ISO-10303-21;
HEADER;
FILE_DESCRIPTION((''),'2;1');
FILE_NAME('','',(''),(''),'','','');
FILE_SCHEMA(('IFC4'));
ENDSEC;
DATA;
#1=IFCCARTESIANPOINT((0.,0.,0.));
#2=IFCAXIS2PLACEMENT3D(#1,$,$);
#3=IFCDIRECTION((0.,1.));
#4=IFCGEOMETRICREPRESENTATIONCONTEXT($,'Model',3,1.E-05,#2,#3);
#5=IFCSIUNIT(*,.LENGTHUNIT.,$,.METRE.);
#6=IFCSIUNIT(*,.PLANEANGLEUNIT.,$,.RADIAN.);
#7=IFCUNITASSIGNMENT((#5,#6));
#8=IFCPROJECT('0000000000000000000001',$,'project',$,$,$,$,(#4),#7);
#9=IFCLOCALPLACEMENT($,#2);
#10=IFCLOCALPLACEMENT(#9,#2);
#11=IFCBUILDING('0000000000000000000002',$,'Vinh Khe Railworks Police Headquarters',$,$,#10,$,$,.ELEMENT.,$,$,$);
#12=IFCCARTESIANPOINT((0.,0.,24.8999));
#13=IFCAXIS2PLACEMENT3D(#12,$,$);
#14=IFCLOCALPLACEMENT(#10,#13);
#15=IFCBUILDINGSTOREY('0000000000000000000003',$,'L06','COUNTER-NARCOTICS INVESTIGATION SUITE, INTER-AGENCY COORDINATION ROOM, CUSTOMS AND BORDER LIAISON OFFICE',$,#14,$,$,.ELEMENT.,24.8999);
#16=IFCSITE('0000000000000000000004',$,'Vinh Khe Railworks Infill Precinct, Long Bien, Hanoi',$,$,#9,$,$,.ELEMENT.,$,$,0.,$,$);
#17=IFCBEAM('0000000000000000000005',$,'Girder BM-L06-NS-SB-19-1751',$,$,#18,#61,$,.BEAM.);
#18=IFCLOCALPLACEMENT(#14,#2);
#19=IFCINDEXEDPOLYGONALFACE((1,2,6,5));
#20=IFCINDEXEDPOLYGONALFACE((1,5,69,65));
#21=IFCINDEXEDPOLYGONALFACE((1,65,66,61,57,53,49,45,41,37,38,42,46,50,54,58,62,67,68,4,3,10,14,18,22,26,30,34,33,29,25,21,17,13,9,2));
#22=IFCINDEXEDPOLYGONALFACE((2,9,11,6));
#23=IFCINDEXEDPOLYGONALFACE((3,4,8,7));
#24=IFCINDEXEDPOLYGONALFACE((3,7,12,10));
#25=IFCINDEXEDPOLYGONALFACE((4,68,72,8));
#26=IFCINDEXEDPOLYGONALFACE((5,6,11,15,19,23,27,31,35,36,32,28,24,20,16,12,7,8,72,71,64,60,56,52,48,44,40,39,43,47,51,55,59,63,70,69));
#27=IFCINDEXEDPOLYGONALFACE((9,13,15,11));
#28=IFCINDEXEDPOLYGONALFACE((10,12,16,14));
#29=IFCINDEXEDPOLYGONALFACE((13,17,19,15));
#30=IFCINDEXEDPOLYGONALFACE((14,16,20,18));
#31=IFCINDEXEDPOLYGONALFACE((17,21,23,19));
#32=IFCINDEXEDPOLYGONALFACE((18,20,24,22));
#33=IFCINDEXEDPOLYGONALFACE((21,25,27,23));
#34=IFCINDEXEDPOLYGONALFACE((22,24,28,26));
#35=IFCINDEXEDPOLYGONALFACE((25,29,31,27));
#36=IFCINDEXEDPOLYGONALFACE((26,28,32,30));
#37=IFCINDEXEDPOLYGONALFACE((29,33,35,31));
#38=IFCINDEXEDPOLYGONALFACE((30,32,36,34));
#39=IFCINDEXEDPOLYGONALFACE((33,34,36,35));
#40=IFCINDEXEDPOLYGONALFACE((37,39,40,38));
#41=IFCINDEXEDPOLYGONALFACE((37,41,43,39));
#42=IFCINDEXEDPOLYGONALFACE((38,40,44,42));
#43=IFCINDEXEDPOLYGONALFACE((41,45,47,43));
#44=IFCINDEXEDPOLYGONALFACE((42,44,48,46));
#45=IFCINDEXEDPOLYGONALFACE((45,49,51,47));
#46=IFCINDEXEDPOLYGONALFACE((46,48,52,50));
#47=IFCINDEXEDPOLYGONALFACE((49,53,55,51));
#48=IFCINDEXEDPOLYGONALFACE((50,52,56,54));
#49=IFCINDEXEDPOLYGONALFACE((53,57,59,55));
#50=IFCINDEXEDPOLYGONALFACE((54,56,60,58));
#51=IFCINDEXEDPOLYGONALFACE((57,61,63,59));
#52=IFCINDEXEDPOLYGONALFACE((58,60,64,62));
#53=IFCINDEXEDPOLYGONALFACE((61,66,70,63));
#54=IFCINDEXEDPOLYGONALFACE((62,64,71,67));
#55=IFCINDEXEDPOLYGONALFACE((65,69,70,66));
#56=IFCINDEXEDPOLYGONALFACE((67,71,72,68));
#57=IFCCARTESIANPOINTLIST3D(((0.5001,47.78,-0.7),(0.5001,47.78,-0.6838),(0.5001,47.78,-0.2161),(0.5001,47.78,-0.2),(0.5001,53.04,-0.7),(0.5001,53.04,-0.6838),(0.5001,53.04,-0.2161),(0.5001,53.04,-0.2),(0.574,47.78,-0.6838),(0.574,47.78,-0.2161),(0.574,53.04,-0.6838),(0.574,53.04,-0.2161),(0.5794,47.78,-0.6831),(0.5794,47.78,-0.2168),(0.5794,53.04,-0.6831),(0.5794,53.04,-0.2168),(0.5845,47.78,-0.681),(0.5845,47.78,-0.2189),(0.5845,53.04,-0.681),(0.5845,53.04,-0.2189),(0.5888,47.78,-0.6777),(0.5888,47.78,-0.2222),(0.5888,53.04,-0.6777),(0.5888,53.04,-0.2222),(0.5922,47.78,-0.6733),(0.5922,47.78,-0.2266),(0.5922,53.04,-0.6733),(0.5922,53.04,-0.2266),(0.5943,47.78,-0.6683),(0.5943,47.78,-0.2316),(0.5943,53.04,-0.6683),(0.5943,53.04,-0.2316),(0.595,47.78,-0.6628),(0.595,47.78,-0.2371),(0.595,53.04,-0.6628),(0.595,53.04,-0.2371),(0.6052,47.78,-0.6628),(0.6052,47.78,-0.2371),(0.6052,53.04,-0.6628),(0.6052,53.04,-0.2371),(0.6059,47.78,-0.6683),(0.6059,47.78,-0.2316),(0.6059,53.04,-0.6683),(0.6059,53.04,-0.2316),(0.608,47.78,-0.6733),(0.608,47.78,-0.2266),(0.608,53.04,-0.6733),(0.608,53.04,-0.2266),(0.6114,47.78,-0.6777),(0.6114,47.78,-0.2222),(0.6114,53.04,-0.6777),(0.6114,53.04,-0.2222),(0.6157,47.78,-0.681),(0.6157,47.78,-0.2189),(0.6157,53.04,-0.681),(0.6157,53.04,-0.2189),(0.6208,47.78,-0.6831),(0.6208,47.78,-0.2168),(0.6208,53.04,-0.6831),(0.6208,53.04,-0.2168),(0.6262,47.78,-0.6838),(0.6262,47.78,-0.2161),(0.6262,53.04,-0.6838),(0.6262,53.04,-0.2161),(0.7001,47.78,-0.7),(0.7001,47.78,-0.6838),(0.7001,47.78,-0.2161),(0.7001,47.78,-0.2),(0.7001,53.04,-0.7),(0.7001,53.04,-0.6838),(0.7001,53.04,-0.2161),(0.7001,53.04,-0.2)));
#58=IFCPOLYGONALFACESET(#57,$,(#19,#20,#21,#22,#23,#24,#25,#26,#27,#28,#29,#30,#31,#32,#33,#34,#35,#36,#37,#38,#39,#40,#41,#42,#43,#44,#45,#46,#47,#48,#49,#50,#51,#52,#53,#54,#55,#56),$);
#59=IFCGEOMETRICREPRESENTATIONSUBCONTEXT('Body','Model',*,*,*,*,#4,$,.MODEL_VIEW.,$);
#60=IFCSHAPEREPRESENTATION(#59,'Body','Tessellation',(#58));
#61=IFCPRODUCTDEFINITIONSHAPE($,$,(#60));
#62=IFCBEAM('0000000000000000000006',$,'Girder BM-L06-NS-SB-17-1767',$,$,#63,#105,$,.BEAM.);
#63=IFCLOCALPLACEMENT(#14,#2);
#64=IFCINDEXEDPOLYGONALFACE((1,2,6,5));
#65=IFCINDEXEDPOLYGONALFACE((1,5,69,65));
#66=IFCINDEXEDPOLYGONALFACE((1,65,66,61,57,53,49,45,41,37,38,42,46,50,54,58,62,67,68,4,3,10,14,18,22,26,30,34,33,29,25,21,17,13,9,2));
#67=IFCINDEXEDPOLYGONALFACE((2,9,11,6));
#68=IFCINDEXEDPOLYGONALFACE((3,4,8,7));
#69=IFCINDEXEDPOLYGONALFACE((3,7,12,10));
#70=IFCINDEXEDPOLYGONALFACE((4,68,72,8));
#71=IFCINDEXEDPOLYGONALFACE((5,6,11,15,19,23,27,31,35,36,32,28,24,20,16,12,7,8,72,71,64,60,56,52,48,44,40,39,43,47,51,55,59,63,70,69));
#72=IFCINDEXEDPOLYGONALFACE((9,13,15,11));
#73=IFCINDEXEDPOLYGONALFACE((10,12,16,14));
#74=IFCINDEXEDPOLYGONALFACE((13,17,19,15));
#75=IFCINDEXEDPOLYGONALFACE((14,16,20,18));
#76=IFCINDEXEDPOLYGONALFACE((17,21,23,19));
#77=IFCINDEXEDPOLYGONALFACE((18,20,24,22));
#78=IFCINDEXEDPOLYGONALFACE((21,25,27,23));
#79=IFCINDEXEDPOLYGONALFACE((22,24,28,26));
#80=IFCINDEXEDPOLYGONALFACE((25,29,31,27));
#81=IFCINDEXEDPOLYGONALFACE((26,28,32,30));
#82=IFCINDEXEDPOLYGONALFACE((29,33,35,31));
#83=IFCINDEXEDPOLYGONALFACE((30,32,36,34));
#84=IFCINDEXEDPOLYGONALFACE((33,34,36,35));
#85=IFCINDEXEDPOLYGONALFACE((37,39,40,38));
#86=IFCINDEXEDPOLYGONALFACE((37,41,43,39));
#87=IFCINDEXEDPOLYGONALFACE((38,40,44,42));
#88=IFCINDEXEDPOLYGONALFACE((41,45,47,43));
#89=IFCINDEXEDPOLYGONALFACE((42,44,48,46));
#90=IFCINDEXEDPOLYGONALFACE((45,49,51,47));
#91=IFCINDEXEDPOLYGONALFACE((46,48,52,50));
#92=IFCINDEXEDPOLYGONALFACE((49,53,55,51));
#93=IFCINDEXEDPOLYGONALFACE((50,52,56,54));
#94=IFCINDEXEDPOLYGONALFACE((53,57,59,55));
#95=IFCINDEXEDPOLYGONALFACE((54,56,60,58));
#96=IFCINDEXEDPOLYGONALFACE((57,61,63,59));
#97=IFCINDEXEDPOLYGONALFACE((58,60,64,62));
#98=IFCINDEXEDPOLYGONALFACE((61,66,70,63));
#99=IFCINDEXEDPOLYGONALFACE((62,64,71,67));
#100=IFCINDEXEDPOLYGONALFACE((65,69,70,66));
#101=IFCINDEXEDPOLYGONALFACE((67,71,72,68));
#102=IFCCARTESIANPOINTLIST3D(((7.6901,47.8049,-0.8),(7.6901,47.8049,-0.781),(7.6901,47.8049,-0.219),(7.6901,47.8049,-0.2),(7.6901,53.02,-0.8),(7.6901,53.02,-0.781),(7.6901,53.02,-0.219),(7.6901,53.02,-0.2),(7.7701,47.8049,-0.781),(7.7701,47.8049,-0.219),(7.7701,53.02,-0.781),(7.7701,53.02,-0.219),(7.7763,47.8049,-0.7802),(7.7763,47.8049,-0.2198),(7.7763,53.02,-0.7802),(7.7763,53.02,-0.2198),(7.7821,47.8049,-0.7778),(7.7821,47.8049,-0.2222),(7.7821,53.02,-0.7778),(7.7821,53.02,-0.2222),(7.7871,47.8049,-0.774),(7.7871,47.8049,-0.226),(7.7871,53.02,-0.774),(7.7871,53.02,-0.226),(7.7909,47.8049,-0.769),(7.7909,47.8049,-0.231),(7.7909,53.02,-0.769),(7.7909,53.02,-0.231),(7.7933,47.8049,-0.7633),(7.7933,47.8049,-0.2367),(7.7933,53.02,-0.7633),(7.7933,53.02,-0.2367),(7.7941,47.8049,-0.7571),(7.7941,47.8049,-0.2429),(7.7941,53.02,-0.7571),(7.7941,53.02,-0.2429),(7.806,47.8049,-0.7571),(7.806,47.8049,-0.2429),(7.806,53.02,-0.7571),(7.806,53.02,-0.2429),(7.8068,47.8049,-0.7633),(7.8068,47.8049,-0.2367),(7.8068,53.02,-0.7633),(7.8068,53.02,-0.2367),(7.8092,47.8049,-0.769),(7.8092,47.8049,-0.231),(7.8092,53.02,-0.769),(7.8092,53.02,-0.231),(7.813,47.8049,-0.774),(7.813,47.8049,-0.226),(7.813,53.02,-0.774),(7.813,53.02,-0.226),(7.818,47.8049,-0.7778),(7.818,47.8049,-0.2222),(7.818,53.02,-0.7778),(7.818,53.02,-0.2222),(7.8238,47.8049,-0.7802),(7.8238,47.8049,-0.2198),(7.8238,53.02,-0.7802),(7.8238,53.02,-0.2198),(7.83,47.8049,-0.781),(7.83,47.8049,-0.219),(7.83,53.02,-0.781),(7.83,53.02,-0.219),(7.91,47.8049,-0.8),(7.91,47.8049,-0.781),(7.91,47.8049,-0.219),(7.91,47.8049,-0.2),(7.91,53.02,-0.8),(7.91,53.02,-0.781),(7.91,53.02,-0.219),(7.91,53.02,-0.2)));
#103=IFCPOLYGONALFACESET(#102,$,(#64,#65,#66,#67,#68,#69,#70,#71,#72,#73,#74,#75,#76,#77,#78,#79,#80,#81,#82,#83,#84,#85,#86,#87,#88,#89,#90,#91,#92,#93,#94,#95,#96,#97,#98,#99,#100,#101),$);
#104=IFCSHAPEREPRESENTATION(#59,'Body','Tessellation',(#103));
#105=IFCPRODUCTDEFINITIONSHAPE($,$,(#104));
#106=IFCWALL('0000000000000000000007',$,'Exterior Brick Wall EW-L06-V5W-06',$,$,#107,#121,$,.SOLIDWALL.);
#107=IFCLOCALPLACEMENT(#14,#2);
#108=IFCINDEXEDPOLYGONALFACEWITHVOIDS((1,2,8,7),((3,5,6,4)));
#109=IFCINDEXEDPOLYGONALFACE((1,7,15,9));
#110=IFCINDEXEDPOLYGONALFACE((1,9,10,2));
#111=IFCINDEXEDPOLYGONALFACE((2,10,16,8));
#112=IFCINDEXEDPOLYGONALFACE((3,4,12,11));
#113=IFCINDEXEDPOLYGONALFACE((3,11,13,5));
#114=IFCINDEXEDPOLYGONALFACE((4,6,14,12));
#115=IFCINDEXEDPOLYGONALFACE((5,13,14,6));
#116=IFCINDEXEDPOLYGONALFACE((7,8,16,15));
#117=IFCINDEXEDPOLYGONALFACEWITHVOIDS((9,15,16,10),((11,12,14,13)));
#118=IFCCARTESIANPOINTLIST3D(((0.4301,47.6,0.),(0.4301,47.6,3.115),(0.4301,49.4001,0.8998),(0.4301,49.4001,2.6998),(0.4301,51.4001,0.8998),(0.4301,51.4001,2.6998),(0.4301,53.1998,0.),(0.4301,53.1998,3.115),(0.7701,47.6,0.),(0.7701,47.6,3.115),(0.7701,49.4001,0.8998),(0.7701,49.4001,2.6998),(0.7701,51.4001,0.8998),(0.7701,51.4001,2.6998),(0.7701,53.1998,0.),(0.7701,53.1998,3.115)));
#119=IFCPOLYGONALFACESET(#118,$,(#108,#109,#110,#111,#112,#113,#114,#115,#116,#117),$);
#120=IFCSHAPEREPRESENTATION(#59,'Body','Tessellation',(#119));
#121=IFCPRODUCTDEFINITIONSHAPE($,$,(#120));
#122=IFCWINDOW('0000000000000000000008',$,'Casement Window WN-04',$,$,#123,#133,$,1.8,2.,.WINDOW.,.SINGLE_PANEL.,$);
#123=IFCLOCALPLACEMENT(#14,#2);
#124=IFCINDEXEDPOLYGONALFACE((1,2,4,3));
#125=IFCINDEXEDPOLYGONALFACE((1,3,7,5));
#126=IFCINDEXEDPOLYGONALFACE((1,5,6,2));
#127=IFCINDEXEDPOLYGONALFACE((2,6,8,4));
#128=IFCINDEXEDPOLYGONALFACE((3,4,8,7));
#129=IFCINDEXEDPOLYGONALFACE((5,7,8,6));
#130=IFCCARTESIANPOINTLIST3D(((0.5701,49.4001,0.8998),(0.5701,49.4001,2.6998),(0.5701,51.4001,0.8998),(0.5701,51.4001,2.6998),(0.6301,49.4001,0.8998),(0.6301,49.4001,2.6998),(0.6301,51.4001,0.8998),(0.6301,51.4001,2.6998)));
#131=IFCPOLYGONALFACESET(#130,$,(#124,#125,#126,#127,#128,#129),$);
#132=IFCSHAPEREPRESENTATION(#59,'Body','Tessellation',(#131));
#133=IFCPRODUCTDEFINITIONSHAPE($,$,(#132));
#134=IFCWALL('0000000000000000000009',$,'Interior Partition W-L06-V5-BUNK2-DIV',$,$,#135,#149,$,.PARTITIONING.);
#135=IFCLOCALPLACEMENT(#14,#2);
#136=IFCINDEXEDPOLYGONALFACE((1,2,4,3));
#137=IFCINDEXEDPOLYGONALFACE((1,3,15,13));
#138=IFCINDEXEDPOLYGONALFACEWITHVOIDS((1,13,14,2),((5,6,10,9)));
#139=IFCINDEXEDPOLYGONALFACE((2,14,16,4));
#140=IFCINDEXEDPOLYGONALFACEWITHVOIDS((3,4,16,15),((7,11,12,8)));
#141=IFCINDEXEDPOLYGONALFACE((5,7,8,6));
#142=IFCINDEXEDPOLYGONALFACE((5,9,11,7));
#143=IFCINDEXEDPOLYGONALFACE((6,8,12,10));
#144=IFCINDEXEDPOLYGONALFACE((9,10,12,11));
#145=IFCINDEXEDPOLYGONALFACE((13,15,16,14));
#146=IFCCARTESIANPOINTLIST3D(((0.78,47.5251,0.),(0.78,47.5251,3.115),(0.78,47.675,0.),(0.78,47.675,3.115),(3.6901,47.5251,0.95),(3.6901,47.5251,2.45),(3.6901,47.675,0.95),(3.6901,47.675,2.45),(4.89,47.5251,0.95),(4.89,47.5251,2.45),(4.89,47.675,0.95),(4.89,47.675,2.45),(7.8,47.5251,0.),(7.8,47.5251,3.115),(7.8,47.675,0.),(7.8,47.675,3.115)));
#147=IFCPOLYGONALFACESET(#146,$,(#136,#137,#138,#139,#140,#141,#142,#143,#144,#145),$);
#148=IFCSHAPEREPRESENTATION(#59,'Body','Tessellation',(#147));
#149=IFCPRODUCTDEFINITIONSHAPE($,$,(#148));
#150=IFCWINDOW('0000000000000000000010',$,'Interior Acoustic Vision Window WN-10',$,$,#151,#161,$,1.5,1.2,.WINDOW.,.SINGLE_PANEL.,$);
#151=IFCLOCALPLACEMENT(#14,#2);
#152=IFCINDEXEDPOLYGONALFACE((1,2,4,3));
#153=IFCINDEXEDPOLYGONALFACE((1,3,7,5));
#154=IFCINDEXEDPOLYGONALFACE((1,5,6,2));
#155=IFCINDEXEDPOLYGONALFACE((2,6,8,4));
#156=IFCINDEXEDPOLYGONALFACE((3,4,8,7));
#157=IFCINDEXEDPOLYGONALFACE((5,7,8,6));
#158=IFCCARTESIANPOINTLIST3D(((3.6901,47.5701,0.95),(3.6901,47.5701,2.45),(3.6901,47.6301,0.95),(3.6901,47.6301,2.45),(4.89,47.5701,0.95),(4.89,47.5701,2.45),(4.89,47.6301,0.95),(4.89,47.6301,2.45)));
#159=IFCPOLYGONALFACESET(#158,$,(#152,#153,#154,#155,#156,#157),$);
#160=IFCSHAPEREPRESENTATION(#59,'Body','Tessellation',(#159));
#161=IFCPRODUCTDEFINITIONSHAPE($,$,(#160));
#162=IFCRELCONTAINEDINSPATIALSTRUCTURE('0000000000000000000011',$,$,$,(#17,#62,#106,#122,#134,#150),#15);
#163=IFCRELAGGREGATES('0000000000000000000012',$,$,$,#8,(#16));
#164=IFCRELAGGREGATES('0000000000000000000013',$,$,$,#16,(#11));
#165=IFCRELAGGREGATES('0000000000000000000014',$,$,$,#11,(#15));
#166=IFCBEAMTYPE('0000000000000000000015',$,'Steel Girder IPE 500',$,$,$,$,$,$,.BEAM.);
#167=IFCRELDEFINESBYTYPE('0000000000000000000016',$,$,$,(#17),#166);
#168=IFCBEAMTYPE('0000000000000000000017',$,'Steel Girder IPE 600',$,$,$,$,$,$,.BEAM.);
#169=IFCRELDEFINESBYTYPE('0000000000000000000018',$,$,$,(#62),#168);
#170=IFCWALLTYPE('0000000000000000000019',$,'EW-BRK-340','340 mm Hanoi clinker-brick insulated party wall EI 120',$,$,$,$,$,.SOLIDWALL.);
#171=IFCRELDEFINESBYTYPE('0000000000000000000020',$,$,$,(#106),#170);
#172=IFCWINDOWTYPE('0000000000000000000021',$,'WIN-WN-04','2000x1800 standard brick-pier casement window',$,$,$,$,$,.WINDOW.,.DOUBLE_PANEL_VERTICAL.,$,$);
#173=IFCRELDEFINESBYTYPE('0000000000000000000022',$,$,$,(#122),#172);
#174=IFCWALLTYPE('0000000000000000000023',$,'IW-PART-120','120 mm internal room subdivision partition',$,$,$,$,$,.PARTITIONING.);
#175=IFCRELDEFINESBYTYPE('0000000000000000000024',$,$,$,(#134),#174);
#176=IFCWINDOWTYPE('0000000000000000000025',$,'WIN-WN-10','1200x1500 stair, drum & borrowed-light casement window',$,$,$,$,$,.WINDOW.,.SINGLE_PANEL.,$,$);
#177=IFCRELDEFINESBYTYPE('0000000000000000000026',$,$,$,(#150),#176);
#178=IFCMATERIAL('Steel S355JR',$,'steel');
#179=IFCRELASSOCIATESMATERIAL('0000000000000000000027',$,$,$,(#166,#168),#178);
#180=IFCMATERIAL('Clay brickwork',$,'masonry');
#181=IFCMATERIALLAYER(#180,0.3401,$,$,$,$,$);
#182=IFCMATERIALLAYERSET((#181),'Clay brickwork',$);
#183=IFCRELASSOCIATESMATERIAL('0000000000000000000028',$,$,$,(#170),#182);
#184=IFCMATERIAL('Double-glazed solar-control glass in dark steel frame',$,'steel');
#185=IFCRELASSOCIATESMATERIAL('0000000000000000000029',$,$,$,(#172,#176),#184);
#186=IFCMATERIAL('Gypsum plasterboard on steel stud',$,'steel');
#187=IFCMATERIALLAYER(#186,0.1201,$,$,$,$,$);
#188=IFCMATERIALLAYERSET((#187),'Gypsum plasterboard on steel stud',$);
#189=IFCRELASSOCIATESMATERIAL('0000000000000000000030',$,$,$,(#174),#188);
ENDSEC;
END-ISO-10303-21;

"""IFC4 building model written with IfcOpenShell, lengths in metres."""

from ifc_helpers import new_model, si_unit, direction, frame, frame_2d, origin, origin_2d, place, context, subcontext, project, spatial, rectangle, i_section, extrude, material, layer, layer_set, material_profile, profile_set, type_object, element, fill, save


model = new_model("IFC4")

# Units and contexts
model_context = context("Model", 3, precision=1e-05, world=origin(), true_north=direction((0.0, 1.0)))
body_context = subcontext(model_context, "Body", "Model", "MODEL_VIEW")
ifc_project = project(units=[si_unit("LENGTHUNIT", "METRE"), si_unit("PLANEANGLEUNIT", "RADIAN")], contexts=[model_context])

# Site, building, storey
site_placement = place(None, origin())
site = spatial("IfcSite", under=ifc_project, at=site_placement, Name="Vinh Khe Railworks Infill Precinct, Long Bien, Hanoi", CompositionType="ELEMENT", RefElevation=0.0)
building_placement = place(site_placement, origin())
building = spatial("IfcBuilding", under=site, at=building_placement, Name="Vinh Khe Railworks Police Headquarters", CompositionType="ELEMENT")
storey_placement = place(building_placement, frame((0.0, 0.0, 24.8999)))
storey = spatial("IfcBuildingStorey", under=building, at=storey_placement, Name="L06", Description="COUNTER-NARCOTICS INVESTIGATION SUITE, INTER-AGENCY COORDINATION ROOM, CUSTOMS AND BORDER LIAISON OFFICE", CompositionType="ELEMENT", Elevation=24.8999)

# Shared definitions
ifc_material_1 = material(Name="Steel S355JR", Category="steel")

# Beams
ifc_material_profile_1 = material_profile(ifc_material_1, i_section(OverallWidth=0.2, OverallDepth=0.5, WebThickness=0.0103, FlangeThickness=0.0161, FilletRadius=0.021, at=origin_2d()), Name="IPE 500")
ifc_profile_set_1 = profile_set([ifc_material_profile_1], Name="Steel S355JR")
beam_type_1 = type_object("IfcBeamType", Name="Steel Girder IPE 500", PredefinedType="BEAM", material=ifc_profile_set_1)
beam_1_placement = place(storey_placement, frame((0.6001, 47.78, -0.45), z_axis=(0.0, 1.0, 0.0), x_axis=(-1.0, 0.0, 0.0)))
element("IfcBeam", 1, at=beam_1_placement, inside=storey, type_object=beam_type_1, Name="Girder BM-L06-NS-SB-19-1751", PredefinedType="BEAM", context=body_context, shape_type="SweptSolid", body=[
    extrude(i_section(OverallWidth=0.2, OverallDepth=0.5, WebThickness=0.0103, FlangeThickness=0.0161, FilletRadius=0.021, at=origin_2d()), origin(), (0.0, 0.0, 1.0), 5.26),
])
ifc_material_profile_2 = material_profile(ifc_material_1, i_section(OverallWidth=0.22, OverallDepth=0.6001, WebThickness=0.012, FlangeThickness=0.019, FilletRadius=0.0239, at=origin_2d()), Name="IPE 600")
ifc_profile_set_2 = profile_set([ifc_material_profile_2], Name="Steel S355JR")
beam_type_2 = type_object("IfcBeamType", Name="Steel Girder IPE 600", PredefinedType="BEAM", material=ifc_profile_set_2)
beam_2_placement = place(storey_placement, frame((7.8, 47.8049, -0.5), z_axis=(0.0, 1.0, 0.0), x_axis=(-1.0, 0.0, 0.0)))
element("IfcBeam", 2, at=beam_2_placement, inside=storey, type_object=beam_type_2, Name="Girder BM-L06-NS-SB-17-1767", PredefinedType="BEAM", context=body_context, shape_type="SweptSolid", body=[
    extrude(i_section(OverallWidth=0.22, OverallDepth=0.6001, WebThickness=0.012, FlangeThickness=0.019, FilletRadius=0.0239, at=origin_2d()), origin(), (0.0, 0.0, 1.0), 5.2151),
])

# Walls, openings, windows
ifc_material_2 = material(Name="Clay brickwork", Category="masonry")
ifc_layer_1 = layer(ifc_material_2, 0.3401)
ifc_layer_set_1 = layer_set([ifc_layer_1], Name="Clay brickwork")
wall_type_1 = type_object("IfcWallType", Name="EW-BRK-340", Description="340 mm Hanoi clinker-brick insulated party wall EI 120", PredefinedType="SOLIDWALL", material=ifc_layer_set_1)
wall_1_placement = place(storey_placement, frame((0.6001, 47.6001, 0.0), z_axis=(0.0, 0.0, 1.0), x_axis=(0.0, 1.0, 0.0)))
wall_1 = element("IfcWall", 3, at=wall_1_placement, inside=storey, type_object=wall_type_1, Name="Exterior Brick Wall EW-L06-V5W-06", PredefinedType="SOLIDWALL", context=body_context, shape_type="SweptSolid", body=[
    extrude(rectangle(XDim=5.5999, YDim=0.3401, at=frame_2d((2.7998, 0.0))), origin(), (0.0, 0.0, 1.0), 3.115),
])
opening_1_placement = place(wall_1_placement, frame((1.8, 0.0, 0.8999)))
opening_1 = element("IfcOpeningElement", 4, at=opening_1_placement, cuts=wall_1, PredefinedType="OPENING", context=body_context, shape_type="SweptSolid", body=[
    extrude(rectangle(XDim=2.0, YDim=1.8, at=frame_2d((1.0, 0.8999))), frame((0.0, 0.1851, 0.0), z_axis=(0.0, -1.0, 0.0), x_axis=(1.0, 0.0, 0.0)), (0.0, 0.0, 1.0), 0.3699),
])
ifc_material_3 = material(Name="Double-glazed solar-control glass in dark steel frame", Category="steel")
window_type_1 = type_object("IfcWindowType", Name="WIN-WN-04", Description="2000x1800 standard brick-pier casement window", PartitioningType="DOUBLE_PANEL_VERTICAL", PredefinedType="WINDOW", material=ifc_material_3)
window_1_placement = place(opening_1_placement, origin())
window_1 = element("IfcWindow", 5, at=window_1_placement, inside=storey, type_object=window_type_1, Name="Casement Window WN-04", OverallHeight=1.8, OverallWidth=2.0, PartitioningType="SINGLE_PANEL", PredefinedType="WINDOW", context=body_context, shape_type="SweptSolid", body=[
    extrude(rectangle(XDim=2.0, YDim=1.8, at=frame_2d((1.0, 0.8999))), frame((0.0, 0.03, 0.0), z_axis=(0.0, -1.0, 0.0), x_axis=(1.0, 0.0, 0.0)), (0.0, 0.0, 1.0), 0.0601),
])
fill(opening_1, window_1)
ifc_material_4 = material(Name="Gypsum plasterboard on steel stud", Category="steel")
ifc_layer_2 = layer(ifc_material_4, 0.1201)
ifc_layer_set_2 = layer_set([ifc_layer_2], Name="Gypsum plasterboard on steel stud")
wall_type_2 = type_object("IfcWallType", Name="IW-PART-120", Description="120 mm internal room subdivision partition", PredefinedType="PARTITIONING", material=ifc_layer_set_2)
wall_2_placement = place(storey_placement, frame((0.78, 47.6001, 0.0), z_axis=(0.0, 0.0, 1.0), x_axis=(1.0, 0.0, 0.0)))
wall_2 = element("IfcWall", 6, at=wall_2_placement, inside=storey, type_object=wall_type_2, Name="Interior Partition W-L06-V5-BUNK2-DIV", PredefinedType="PARTITIONING", context=body_context, shape_type="SweptSolid", body=[
    extrude(rectangle(XDim=7.02, YDim=0.1499, at=frame_2d((3.51, 0.0))), origin(), (0.0, 0.0, 1.0), 3.115),
])
opening_2_placement = place(wall_2_placement, frame((2.9099, 0.0, 0.95)))
opening_2 = element("IfcOpeningElement", 7, at=opening_2_placement, cuts=wall_2, PredefinedType="OPENING", context=body_context, shape_type="SweptSolid", body=[
    extrude(rectangle(XDim=1.2, YDim=1.5, at=frame_2d((0.6001, 0.75))), frame((0.0, 0.0898, 0.0), z_axis=(0.0, -1.0, 0.0), x_axis=(1.0, 0.0, 0.0)), (0.0, 0.0, 1.0), 0.1797),
])
window_type_2 = type_object("IfcWindowType", Name="WIN-WN-10", Description="1200x1500 stair, drum & borrowed-light casement window", PartitioningType="SINGLE_PANEL", PredefinedType="WINDOW", material=ifc_material_3)
window_2_placement = place(opening_2_placement, origin())
window_2 = element("IfcWindow", 8, at=window_2_placement, inside=storey, type_object=window_type_2, Name="Interior Acoustic Vision Window WN-10", OverallHeight=1.5, OverallWidth=1.2, PartitioningType="SINGLE_PANEL", PredefinedType="WINDOW", context=body_context, shape_type="SweptSolid", body=[
    extrude(rectangle(XDim=1.2, YDim=1.5, at=frame_2d((0.6001, 0.75))), frame((0.0, 0.03, 0.0), z_axis=(0.0, -1.0, 0.0), x_axis=(1.0, 0.0, 0.0)), (0.0, 0.0, 1.0), 0.0601),
])
fill(opening_2, window_2)

save(model, "model.ifc")
